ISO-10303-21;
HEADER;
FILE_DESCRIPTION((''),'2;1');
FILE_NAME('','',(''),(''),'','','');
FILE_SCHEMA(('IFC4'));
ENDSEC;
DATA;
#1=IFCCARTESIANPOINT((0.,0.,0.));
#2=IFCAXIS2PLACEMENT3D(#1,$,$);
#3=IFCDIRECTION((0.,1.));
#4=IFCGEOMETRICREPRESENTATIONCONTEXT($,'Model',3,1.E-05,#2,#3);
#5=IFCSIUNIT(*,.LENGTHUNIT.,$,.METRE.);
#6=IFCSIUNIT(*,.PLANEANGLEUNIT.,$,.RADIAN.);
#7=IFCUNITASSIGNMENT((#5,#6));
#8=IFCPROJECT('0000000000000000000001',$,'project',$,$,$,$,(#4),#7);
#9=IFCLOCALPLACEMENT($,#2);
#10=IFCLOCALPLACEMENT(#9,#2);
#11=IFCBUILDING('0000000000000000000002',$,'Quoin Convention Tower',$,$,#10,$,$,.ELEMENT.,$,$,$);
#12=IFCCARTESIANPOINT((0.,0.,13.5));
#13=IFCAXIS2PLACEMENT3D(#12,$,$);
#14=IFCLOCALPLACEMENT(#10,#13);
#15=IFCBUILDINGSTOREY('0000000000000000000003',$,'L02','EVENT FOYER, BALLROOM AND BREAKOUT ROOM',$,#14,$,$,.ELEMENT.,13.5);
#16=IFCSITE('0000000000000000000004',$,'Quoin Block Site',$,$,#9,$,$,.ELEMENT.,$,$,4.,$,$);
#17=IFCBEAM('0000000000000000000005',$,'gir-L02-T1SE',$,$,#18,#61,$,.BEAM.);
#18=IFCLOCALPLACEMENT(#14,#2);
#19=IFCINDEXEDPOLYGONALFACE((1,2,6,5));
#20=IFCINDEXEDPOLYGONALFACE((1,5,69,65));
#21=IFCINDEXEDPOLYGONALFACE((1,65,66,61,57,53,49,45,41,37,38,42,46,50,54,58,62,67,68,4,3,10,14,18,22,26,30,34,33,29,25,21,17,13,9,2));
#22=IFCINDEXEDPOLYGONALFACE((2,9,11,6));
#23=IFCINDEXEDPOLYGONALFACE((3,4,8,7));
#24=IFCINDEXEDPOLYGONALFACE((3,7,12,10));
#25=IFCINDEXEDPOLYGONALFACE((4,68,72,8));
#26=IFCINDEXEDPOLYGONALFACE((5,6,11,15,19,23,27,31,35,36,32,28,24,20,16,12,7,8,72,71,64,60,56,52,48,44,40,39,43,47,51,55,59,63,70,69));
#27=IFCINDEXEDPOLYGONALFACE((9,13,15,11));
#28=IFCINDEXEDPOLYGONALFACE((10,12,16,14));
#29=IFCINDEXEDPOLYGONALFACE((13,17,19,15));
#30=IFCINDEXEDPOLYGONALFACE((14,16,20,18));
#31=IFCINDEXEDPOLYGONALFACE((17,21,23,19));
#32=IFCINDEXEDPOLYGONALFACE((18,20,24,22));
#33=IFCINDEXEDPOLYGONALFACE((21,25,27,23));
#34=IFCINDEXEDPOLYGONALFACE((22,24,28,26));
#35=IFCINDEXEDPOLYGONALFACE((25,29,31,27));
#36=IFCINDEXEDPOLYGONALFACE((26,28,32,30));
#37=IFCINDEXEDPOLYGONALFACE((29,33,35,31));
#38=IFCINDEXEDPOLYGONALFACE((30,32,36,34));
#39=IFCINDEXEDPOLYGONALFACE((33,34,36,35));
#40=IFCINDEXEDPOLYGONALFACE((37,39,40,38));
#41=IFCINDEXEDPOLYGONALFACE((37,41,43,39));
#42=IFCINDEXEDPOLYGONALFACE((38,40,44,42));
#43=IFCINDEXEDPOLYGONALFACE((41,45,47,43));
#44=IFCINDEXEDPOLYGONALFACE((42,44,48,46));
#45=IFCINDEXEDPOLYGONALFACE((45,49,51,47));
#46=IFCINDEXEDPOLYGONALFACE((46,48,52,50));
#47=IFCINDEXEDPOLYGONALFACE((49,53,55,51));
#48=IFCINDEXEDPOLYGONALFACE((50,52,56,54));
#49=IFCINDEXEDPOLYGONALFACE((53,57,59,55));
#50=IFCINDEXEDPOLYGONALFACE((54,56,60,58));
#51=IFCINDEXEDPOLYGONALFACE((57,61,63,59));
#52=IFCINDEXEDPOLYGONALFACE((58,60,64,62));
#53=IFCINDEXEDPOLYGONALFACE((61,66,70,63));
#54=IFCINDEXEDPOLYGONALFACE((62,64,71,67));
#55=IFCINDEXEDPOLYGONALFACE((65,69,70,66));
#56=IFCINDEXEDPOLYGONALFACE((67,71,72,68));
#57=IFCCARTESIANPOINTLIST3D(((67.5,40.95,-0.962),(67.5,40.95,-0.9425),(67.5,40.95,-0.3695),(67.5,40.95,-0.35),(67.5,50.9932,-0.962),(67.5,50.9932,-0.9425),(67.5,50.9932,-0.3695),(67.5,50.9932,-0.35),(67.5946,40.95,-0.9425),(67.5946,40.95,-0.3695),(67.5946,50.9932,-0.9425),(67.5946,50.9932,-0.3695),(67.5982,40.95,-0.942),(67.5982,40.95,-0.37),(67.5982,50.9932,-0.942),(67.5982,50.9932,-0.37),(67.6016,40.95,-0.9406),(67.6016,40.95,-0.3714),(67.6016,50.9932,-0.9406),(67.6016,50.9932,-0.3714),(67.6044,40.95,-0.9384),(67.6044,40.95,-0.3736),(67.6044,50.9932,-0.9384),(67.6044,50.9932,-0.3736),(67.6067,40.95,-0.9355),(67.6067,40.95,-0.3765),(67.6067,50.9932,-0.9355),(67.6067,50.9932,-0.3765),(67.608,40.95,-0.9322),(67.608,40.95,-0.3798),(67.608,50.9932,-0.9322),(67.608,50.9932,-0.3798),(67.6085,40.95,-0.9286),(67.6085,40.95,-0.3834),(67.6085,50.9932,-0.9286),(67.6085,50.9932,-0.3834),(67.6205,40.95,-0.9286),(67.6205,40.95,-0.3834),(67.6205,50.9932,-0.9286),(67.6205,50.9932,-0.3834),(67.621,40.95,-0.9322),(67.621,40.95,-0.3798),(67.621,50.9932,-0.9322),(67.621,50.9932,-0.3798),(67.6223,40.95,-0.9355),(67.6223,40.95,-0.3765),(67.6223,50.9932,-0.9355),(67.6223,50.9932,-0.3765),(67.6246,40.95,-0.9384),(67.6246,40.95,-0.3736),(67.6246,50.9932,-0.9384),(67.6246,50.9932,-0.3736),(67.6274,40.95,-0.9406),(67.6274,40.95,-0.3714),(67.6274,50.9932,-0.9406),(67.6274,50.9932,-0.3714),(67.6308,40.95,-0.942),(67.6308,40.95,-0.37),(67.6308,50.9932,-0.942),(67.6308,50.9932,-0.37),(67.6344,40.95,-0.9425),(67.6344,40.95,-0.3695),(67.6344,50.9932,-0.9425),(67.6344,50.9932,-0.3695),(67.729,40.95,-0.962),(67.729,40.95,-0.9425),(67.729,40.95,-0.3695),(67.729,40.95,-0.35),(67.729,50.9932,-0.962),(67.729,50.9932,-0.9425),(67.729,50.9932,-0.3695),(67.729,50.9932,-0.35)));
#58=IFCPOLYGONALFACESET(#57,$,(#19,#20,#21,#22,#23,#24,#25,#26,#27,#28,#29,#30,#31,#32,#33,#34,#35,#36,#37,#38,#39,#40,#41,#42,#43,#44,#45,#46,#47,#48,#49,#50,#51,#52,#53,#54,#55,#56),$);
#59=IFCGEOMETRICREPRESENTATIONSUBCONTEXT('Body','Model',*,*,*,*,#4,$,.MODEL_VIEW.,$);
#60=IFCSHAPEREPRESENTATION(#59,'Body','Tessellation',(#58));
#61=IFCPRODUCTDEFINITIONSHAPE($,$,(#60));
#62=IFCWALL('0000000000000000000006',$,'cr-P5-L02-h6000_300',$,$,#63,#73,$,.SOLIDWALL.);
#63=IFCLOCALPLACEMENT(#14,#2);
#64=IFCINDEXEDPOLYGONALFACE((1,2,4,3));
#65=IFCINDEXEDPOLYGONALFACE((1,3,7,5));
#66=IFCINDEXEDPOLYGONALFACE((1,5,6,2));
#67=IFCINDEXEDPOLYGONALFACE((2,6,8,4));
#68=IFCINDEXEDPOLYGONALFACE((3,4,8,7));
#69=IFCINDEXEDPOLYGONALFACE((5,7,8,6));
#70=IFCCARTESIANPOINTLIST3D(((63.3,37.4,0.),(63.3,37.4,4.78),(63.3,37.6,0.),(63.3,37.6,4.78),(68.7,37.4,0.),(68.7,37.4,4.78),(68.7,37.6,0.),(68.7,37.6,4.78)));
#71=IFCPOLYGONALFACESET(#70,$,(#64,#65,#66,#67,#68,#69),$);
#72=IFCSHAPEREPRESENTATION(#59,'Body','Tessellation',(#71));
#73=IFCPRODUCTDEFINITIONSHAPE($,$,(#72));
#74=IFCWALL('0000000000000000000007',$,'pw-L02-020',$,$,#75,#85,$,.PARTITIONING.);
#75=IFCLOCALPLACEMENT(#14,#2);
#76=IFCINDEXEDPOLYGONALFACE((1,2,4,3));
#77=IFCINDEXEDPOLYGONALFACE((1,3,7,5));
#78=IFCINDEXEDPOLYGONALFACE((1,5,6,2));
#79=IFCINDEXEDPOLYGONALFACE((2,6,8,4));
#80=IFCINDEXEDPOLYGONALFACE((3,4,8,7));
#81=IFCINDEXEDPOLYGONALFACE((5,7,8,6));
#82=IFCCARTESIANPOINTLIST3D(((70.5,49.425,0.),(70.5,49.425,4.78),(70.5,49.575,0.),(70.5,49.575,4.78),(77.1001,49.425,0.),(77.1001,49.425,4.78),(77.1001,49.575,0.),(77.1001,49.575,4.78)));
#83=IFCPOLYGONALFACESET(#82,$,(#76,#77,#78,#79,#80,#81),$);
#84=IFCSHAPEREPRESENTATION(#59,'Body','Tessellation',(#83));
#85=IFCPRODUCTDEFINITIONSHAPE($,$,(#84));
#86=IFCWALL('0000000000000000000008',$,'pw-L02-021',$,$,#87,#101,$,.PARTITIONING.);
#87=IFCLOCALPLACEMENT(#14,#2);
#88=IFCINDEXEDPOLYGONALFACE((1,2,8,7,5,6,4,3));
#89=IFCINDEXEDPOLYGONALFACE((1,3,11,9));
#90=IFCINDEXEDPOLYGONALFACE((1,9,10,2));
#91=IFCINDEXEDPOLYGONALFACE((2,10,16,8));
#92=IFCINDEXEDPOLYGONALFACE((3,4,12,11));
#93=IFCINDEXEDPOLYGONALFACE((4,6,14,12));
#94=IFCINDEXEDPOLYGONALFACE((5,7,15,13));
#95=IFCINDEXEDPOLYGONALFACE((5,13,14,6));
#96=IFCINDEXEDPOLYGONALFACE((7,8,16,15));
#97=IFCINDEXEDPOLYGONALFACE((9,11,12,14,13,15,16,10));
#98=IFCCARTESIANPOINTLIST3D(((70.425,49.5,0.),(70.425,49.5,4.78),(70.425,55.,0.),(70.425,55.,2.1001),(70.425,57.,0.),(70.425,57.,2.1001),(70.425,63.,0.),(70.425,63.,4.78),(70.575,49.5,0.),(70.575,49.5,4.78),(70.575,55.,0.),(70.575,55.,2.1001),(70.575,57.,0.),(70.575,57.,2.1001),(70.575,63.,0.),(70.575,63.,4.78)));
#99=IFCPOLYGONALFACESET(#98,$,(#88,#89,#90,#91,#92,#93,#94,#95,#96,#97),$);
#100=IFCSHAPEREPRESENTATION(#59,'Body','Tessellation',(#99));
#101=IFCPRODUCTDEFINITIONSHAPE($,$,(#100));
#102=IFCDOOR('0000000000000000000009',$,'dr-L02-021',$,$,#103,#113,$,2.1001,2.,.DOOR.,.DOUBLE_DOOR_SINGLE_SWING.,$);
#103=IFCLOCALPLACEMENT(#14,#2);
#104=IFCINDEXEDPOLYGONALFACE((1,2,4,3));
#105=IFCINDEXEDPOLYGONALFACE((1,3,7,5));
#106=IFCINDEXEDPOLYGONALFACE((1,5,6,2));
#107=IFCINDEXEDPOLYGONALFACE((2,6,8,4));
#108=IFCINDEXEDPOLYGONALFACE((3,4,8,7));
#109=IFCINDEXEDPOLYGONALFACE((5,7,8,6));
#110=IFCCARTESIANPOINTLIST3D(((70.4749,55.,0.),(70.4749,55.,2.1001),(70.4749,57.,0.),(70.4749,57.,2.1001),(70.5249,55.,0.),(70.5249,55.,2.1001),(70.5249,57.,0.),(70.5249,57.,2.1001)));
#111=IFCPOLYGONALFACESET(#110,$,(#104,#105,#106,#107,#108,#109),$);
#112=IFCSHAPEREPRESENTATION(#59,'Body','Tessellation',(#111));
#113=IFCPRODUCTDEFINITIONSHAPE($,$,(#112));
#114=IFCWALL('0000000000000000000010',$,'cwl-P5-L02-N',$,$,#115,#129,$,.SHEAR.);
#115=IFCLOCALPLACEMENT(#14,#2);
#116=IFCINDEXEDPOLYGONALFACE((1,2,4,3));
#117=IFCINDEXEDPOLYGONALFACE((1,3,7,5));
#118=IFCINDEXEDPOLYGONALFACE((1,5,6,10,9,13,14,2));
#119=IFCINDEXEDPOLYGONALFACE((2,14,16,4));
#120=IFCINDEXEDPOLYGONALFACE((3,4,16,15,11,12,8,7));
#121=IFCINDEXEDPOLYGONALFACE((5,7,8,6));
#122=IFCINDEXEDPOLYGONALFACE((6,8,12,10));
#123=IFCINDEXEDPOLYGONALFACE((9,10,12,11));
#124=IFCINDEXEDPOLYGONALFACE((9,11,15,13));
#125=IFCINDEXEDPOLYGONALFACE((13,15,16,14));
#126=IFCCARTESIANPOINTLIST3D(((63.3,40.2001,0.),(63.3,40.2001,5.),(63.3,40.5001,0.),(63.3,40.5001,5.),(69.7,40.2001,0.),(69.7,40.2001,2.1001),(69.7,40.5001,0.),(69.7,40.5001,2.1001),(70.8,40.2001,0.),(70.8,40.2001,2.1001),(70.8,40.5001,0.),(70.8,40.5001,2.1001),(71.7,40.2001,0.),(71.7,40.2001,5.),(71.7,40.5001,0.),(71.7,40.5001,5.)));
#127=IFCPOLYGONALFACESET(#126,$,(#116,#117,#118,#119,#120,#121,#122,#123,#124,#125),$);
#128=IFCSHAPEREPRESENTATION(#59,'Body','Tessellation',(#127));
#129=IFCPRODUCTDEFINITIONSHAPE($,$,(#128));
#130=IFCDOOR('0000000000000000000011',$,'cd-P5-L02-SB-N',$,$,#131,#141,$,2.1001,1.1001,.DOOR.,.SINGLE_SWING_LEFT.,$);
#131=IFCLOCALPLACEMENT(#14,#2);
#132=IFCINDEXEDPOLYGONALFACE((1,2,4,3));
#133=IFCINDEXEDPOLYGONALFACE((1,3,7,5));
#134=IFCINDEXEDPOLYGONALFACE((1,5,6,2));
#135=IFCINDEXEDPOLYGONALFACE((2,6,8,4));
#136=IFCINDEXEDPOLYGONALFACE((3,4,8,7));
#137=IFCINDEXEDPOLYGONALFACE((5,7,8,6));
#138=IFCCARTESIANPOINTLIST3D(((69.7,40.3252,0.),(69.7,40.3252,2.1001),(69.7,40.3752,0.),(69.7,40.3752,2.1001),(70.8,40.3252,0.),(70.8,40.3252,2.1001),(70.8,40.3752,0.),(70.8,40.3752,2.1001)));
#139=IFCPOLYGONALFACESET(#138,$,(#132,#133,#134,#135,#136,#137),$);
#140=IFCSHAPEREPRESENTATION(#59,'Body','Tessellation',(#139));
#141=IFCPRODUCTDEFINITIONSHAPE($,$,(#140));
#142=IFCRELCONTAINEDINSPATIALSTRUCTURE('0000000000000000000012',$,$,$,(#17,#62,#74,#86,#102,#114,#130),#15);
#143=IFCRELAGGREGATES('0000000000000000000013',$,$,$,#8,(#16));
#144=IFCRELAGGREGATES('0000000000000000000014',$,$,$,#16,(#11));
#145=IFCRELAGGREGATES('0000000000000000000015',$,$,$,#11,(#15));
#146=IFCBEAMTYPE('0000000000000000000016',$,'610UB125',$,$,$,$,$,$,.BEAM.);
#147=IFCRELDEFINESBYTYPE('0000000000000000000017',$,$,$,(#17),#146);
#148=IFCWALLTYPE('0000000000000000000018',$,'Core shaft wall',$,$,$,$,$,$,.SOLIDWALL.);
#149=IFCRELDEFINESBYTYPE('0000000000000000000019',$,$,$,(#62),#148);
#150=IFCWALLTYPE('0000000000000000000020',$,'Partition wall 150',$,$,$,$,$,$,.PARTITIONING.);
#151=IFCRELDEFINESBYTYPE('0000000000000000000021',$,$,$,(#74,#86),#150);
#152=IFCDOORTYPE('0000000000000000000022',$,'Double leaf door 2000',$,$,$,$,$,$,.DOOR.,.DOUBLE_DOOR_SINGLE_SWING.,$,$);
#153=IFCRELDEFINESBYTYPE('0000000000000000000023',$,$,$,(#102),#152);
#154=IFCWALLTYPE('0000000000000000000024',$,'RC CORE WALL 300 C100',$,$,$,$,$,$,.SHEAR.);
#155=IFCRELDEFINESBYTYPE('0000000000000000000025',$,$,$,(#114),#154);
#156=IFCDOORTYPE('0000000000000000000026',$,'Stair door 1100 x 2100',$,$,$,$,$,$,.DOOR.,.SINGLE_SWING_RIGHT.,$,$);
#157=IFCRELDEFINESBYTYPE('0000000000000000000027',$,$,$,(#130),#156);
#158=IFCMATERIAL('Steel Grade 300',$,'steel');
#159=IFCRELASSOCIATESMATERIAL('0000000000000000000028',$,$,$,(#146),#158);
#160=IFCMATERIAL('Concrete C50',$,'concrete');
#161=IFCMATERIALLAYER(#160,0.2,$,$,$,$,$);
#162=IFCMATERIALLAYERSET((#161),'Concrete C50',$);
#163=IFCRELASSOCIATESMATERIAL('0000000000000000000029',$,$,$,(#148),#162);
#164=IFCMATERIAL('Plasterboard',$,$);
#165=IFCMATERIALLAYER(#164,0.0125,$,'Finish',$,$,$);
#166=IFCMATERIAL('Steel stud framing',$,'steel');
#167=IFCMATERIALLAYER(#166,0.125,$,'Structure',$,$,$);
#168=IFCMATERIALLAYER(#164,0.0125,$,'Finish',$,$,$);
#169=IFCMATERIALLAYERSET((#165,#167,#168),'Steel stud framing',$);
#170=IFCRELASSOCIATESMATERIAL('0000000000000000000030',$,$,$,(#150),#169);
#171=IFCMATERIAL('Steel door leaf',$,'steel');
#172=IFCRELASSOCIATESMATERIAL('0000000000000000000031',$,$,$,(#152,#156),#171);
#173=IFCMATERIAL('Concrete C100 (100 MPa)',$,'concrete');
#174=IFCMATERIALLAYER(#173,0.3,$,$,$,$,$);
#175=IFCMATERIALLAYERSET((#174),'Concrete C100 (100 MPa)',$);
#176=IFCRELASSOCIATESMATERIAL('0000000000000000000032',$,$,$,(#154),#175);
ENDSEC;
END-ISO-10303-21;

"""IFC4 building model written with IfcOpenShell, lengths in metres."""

from ifc_helpers import new_model, si_unit, direction, frame, frame_2d, origin, origin_2d, place, context, subcontext, project, spatial, rectangle, i_section, extrude, material, layer, layer_set, material_profile, profile_set, type_object, element, fill, save


model = new_model("IFC4")

# Units and contexts
model_context = context("Model", 3, precision=1e-05, world=origin(), true_north=direction((0.0, 1.0)))
body_context = subcontext(model_context, "Body", "Model", "MODEL_VIEW")
ifc_project = project(units=[si_unit("LENGTHUNIT", "METRE"), si_unit("PLANEANGLEUNIT", "RADIAN")], contexts=[model_context])

# Site, building, storey
site_placement = place(None, origin())
site = spatial("IfcSite", under=ifc_project, at=site_placement, Name="Quoin Block Site", CompositionType="ELEMENT", RefElevation=4.0)
building_placement = place(site_placement, origin())
building = spatial("IfcBuilding", under=site, at=building_placement, Name="Quoin Convention Tower", CompositionType="ELEMENT")
storey_placement = place(building_placement, frame((0.0, 0.0, 13.5)))
storey = spatial("IfcBuildingStorey", under=building, at=storey_placement, Name="L02", Description="EVENT FOYER, BALLROOM AND BREAKOUT ROOM", CompositionType="ELEMENT", Elevation=13.5)

# Beam
ifc_material_1 = material(Name="Steel Grade 300", Category="steel")
ifc_material_profile_1 = material_profile(ifc_material_1, i_section(OverallWidth=0.229, OverallDepth=0.6121, WebThickness=0.012, FlangeThickness=0.0195, FilletRadius=0.0139, at=origin_2d()), Name="610UB125")
ifc_profile_set_1 = profile_set([ifc_material_profile_1], Name="Steel Grade 300")
beam_type_1 = type_object("IfcBeamType", Name="610UB125", PredefinedType="BEAM", material=ifc_profile_set_1)
beam_1_placement = place(storey_placement, frame((67.6145, 40.95, -0.656), z_axis=(0.0, 1.0, 0.0), x_axis=(-1.0, 0.0, 0.0)))
element("IfcBeam", 1, at=beam_1_placement, inside=storey, type_object=beam_type_1, Name="gir-L02-T1SE", PredefinedType="BEAM", context=body_context, shape_type="SweptSolid", body=[
    extrude(i_section(OverallWidth=0.229, OverallDepth=0.6121, WebThickness=0.012, FlangeThickness=0.0195, FilletRadius=0.0139, at=origin_2d()), origin(), (0.0, 0.0, 1.0), 10.0432),
])

# Walls
ifc_material_2 = material(Name="Concrete C50", Category="concrete")
ifc_layer_1 = layer(ifc_material_2, 0.2)
ifc_layer_set_1 = layer_set([ifc_layer_1], Name="Concrete C50")
wall_type_1 = type_object("IfcWallType", Name="Core shaft wall", PredefinedType="SOLIDWALL", material=ifc_layer_set_1)
wall_1_placement = place(storey_placement, frame((63.3, 37.5, 0.0), z_axis=(0.0, 0.0, 1.0), x_axis=(1.0, 0.0, 0.0)))
element("IfcWall", 2, at=wall_1_placement, inside=storey, type_object=wall_type_1, Name="cr-P5-L02-h6000_300", PredefinedType="SOLIDWALL", context=body_context, shape_type="SweptSolid", body=[
    extrude(rectangle(XDim=5.3999, YDim=0.2, at=frame_2d((2.7, 0.0))), origin(), (0.0, 0.0, 1.0), 4.78),
])
ifc_material_3 = material(Name="Plasterboard")
ifc_layer_2 = layer(ifc_material_3, 0.0125, Name="Finish")
ifc_material_4 = material(Name="Steel stud framing", Category="steel")
ifc_layer_3 = layer(ifc_material_4, 0.125, Name="Structure")
ifc_layer_4 = layer(ifc_material_3, 0.0125, Name="Finish")
ifc_layer_set_2 = layer_set([ifc_layer_2, ifc_layer_3, ifc_layer_4], Name="Steel stud framing")
wall_type_2 = type_object("IfcWallType", Name="Partition wall 150", PredefinedType="PARTITIONING", material=ifc_layer_set_2)
wall_2_placement = place(storey_placement, frame((70.5, 49.5, 0.0), z_axis=(0.0, 0.0, 1.0), x_axis=(1.0, 0.0, 0.0)))
element("IfcWall", 3, at=wall_2_placement, inside=storey, type_object=wall_type_2, Name="pw-L02-020", PredefinedType="PARTITIONING", context=body_context, shape_type="SweptSolid", body=[
    extrude(rectangle(XDim=6.6001, YDim=0.1499, at=frame_2d((3.3, 0.0))), origin(), (0.0, 0.0, 1.0), 4.78),
])

# Walls, openings, doors
wall_3_placement = place(storey_placement, frame((70.5, 49.5, 0.0), z_axis=(0.0, 0.0, 1.0), x_axis=(0.0, 1.0, 0.0)))
wall_3 = element("IfcWall", 4, at=wall_3_placement, inside=storey, type_object=wall_type_2, Name="pw-L02-021", PredefinedType="PARTITIONING", context=body_context, shape_type="SweptSolid", body=[
    extrude(rectangle(XDim=13.5, YDim=0.1499, at=frame_2d((6.75, 0.0))), origin(), (0.0, 0.0, 1.0), 4.78),
])
opening_1_placement = place(wall_3_placement, frame((5.5, 0.0, 0.0)))
opening_1 = element("IfcOpeningElement", 5, at=opening_1_placement, cuts=wall_3, PredefinedType="OPENING", context=body_context, shape_type="SweptSolid", body=[
    extrude(rectangle(XDim=2.0, YDim=2.1001, at=frame_2d((1.0, 1.05))), frame((0.0, 0.085, 0.0), z_axis=(0.0, -1.0, 0.0), x_axis=(1.0, 0.0, 0.0)), (0.0, 0.0, 1.0), 0.1699),
])
ifc_material_5 = material(Name="Steel door leaf", Category="steel")
door_type_1 = type_object("IfcDoorType", Name="Double leaf door 2000", OperationType="DOUBLE_DOOR_SINGLE_SWING", PredefinedType="DOOR", material=ifc_material_5)
door_1_placement = place(opening_1_placement, frame((2.0, 0.0, 0.0), z_axis=(0.0, 0.0, 1.0), x_axis=(-1.0, 0.0, 0.0)))
door_1 = element("IfcDoor", 6, at=door_1_placement, inside=storey, type_object=door_type_1, Name="dr-L02-021", OperationType="DOUBLE_DOOR_SINGLE_SWING", OverallHeight=2.1001, OverallWidth=2.0, PredefinedType="DOOR", context=body_context, shape_type="SweptSolid", body=[
    extrude(rectangle(XDim=2.0, YDim=2.1001, at=frame_2d((1.0, 1.05))), frame((0.0, 0.0249, 0.0), z_axis=(0.0, -1.0, 0.0), x_axis=(1.0, 0.0, 0.0)), (0.0, 0.0, 1.0), 0.05),
])
fill(opening_1, door_1)
ifc_material_6 = material(Name="Concrete C100 (100 MPa)", Category="concrete")
ifc_layer_5 = layer(ifc_material_6, 0.3)
ifc_layer_set_3 = layer_set([ifc_layer_5], Name="Concrete C100 (100 MPa)")
wall_type_3 = type_object("IfcWallType", Name="RC CORE WALL 300 C100", PredefinedType="SHEAR", material=ifc_layer_set_3)
wall_4_placement = place(storey_placement, frame((63.3, 40.3501, 0.0), z_axis=(0.0, 0.0, 1.0), x_axis=(1.0, 0.0, 0.0)))
wall_4 = element("IfcWall", 7, at=wall_4_placement, inside=storey, type_object=wall_type_3, Name="cwl-P5-L02-N", PredefinedType="SHEAR", context=body_context, shape_type="SweptSolid", body=[
    extrude(rectangle(XDim=8.3999, YDim=0.3, at=frame_2d((4.2, 0.0))), origin(), (0.0, 0.0, 1.0), 5.0),
])
opening_2_placement = place(wall_4_placement, frame((6.3999, 0.0, 0.0)))
opening_2 = element("IfcOpeningElement", 8, at=opening_2_placement, cuts=wall_4, PredefinedType="OPENING", context=body_context, shape_type="SweptSolid", body=[
    extrude(rectangle(XDim=1.1001, YDim=2.1001, at=frame_2d((0.55, 1.05))), frame((0.0, 0.1599, 0.0), z_axis=(0.0, -1.0, 0.0), x_axis=(1.0, 0.0, 0.0)), (0.0, 0.0, 1.0), 0.3201),
])
door_type_2 = type_object("IfcDoorType", Name="Stair door 1100 x 2100", OperationType="SINGLE_SWING_RIGHT", PredefinedType="DOOR", material=ifc_material_5)
door_2_placement = place(opening_2_placement, frame((1.1001, 0.0, 0.0), z_axis=(0.0, 0.0, 1.0), x_axis=(-1.0, 0.0, 0.0)))
door_2 = element("IfcDoor", 9, at=door_2_placement, inside=storey, type_object=door_type_2, Name="cd-P5-L02-SB-N", OperationType="SINGLE_SWING_LEFT", OverallHeight=2.1001, OverallWidth=1.1001, PredefinedType="DOOR", context=body_context, shape_type="SweptSolid", body=[
    extrude(rectangle(XDim=1.1001, YDim=2.1001, at=frame_2d((0.55, 1.05))), frame((0.0, 0.0249, 0.0), z_axis=(0.0, -1.0, 0.0), x_axis=(1.0, 0.0, 0.0)), (0.0, 0.0, 1.0), 0.05),
])
fill(opening_2, door_2)

save(model, "model.ifc")
